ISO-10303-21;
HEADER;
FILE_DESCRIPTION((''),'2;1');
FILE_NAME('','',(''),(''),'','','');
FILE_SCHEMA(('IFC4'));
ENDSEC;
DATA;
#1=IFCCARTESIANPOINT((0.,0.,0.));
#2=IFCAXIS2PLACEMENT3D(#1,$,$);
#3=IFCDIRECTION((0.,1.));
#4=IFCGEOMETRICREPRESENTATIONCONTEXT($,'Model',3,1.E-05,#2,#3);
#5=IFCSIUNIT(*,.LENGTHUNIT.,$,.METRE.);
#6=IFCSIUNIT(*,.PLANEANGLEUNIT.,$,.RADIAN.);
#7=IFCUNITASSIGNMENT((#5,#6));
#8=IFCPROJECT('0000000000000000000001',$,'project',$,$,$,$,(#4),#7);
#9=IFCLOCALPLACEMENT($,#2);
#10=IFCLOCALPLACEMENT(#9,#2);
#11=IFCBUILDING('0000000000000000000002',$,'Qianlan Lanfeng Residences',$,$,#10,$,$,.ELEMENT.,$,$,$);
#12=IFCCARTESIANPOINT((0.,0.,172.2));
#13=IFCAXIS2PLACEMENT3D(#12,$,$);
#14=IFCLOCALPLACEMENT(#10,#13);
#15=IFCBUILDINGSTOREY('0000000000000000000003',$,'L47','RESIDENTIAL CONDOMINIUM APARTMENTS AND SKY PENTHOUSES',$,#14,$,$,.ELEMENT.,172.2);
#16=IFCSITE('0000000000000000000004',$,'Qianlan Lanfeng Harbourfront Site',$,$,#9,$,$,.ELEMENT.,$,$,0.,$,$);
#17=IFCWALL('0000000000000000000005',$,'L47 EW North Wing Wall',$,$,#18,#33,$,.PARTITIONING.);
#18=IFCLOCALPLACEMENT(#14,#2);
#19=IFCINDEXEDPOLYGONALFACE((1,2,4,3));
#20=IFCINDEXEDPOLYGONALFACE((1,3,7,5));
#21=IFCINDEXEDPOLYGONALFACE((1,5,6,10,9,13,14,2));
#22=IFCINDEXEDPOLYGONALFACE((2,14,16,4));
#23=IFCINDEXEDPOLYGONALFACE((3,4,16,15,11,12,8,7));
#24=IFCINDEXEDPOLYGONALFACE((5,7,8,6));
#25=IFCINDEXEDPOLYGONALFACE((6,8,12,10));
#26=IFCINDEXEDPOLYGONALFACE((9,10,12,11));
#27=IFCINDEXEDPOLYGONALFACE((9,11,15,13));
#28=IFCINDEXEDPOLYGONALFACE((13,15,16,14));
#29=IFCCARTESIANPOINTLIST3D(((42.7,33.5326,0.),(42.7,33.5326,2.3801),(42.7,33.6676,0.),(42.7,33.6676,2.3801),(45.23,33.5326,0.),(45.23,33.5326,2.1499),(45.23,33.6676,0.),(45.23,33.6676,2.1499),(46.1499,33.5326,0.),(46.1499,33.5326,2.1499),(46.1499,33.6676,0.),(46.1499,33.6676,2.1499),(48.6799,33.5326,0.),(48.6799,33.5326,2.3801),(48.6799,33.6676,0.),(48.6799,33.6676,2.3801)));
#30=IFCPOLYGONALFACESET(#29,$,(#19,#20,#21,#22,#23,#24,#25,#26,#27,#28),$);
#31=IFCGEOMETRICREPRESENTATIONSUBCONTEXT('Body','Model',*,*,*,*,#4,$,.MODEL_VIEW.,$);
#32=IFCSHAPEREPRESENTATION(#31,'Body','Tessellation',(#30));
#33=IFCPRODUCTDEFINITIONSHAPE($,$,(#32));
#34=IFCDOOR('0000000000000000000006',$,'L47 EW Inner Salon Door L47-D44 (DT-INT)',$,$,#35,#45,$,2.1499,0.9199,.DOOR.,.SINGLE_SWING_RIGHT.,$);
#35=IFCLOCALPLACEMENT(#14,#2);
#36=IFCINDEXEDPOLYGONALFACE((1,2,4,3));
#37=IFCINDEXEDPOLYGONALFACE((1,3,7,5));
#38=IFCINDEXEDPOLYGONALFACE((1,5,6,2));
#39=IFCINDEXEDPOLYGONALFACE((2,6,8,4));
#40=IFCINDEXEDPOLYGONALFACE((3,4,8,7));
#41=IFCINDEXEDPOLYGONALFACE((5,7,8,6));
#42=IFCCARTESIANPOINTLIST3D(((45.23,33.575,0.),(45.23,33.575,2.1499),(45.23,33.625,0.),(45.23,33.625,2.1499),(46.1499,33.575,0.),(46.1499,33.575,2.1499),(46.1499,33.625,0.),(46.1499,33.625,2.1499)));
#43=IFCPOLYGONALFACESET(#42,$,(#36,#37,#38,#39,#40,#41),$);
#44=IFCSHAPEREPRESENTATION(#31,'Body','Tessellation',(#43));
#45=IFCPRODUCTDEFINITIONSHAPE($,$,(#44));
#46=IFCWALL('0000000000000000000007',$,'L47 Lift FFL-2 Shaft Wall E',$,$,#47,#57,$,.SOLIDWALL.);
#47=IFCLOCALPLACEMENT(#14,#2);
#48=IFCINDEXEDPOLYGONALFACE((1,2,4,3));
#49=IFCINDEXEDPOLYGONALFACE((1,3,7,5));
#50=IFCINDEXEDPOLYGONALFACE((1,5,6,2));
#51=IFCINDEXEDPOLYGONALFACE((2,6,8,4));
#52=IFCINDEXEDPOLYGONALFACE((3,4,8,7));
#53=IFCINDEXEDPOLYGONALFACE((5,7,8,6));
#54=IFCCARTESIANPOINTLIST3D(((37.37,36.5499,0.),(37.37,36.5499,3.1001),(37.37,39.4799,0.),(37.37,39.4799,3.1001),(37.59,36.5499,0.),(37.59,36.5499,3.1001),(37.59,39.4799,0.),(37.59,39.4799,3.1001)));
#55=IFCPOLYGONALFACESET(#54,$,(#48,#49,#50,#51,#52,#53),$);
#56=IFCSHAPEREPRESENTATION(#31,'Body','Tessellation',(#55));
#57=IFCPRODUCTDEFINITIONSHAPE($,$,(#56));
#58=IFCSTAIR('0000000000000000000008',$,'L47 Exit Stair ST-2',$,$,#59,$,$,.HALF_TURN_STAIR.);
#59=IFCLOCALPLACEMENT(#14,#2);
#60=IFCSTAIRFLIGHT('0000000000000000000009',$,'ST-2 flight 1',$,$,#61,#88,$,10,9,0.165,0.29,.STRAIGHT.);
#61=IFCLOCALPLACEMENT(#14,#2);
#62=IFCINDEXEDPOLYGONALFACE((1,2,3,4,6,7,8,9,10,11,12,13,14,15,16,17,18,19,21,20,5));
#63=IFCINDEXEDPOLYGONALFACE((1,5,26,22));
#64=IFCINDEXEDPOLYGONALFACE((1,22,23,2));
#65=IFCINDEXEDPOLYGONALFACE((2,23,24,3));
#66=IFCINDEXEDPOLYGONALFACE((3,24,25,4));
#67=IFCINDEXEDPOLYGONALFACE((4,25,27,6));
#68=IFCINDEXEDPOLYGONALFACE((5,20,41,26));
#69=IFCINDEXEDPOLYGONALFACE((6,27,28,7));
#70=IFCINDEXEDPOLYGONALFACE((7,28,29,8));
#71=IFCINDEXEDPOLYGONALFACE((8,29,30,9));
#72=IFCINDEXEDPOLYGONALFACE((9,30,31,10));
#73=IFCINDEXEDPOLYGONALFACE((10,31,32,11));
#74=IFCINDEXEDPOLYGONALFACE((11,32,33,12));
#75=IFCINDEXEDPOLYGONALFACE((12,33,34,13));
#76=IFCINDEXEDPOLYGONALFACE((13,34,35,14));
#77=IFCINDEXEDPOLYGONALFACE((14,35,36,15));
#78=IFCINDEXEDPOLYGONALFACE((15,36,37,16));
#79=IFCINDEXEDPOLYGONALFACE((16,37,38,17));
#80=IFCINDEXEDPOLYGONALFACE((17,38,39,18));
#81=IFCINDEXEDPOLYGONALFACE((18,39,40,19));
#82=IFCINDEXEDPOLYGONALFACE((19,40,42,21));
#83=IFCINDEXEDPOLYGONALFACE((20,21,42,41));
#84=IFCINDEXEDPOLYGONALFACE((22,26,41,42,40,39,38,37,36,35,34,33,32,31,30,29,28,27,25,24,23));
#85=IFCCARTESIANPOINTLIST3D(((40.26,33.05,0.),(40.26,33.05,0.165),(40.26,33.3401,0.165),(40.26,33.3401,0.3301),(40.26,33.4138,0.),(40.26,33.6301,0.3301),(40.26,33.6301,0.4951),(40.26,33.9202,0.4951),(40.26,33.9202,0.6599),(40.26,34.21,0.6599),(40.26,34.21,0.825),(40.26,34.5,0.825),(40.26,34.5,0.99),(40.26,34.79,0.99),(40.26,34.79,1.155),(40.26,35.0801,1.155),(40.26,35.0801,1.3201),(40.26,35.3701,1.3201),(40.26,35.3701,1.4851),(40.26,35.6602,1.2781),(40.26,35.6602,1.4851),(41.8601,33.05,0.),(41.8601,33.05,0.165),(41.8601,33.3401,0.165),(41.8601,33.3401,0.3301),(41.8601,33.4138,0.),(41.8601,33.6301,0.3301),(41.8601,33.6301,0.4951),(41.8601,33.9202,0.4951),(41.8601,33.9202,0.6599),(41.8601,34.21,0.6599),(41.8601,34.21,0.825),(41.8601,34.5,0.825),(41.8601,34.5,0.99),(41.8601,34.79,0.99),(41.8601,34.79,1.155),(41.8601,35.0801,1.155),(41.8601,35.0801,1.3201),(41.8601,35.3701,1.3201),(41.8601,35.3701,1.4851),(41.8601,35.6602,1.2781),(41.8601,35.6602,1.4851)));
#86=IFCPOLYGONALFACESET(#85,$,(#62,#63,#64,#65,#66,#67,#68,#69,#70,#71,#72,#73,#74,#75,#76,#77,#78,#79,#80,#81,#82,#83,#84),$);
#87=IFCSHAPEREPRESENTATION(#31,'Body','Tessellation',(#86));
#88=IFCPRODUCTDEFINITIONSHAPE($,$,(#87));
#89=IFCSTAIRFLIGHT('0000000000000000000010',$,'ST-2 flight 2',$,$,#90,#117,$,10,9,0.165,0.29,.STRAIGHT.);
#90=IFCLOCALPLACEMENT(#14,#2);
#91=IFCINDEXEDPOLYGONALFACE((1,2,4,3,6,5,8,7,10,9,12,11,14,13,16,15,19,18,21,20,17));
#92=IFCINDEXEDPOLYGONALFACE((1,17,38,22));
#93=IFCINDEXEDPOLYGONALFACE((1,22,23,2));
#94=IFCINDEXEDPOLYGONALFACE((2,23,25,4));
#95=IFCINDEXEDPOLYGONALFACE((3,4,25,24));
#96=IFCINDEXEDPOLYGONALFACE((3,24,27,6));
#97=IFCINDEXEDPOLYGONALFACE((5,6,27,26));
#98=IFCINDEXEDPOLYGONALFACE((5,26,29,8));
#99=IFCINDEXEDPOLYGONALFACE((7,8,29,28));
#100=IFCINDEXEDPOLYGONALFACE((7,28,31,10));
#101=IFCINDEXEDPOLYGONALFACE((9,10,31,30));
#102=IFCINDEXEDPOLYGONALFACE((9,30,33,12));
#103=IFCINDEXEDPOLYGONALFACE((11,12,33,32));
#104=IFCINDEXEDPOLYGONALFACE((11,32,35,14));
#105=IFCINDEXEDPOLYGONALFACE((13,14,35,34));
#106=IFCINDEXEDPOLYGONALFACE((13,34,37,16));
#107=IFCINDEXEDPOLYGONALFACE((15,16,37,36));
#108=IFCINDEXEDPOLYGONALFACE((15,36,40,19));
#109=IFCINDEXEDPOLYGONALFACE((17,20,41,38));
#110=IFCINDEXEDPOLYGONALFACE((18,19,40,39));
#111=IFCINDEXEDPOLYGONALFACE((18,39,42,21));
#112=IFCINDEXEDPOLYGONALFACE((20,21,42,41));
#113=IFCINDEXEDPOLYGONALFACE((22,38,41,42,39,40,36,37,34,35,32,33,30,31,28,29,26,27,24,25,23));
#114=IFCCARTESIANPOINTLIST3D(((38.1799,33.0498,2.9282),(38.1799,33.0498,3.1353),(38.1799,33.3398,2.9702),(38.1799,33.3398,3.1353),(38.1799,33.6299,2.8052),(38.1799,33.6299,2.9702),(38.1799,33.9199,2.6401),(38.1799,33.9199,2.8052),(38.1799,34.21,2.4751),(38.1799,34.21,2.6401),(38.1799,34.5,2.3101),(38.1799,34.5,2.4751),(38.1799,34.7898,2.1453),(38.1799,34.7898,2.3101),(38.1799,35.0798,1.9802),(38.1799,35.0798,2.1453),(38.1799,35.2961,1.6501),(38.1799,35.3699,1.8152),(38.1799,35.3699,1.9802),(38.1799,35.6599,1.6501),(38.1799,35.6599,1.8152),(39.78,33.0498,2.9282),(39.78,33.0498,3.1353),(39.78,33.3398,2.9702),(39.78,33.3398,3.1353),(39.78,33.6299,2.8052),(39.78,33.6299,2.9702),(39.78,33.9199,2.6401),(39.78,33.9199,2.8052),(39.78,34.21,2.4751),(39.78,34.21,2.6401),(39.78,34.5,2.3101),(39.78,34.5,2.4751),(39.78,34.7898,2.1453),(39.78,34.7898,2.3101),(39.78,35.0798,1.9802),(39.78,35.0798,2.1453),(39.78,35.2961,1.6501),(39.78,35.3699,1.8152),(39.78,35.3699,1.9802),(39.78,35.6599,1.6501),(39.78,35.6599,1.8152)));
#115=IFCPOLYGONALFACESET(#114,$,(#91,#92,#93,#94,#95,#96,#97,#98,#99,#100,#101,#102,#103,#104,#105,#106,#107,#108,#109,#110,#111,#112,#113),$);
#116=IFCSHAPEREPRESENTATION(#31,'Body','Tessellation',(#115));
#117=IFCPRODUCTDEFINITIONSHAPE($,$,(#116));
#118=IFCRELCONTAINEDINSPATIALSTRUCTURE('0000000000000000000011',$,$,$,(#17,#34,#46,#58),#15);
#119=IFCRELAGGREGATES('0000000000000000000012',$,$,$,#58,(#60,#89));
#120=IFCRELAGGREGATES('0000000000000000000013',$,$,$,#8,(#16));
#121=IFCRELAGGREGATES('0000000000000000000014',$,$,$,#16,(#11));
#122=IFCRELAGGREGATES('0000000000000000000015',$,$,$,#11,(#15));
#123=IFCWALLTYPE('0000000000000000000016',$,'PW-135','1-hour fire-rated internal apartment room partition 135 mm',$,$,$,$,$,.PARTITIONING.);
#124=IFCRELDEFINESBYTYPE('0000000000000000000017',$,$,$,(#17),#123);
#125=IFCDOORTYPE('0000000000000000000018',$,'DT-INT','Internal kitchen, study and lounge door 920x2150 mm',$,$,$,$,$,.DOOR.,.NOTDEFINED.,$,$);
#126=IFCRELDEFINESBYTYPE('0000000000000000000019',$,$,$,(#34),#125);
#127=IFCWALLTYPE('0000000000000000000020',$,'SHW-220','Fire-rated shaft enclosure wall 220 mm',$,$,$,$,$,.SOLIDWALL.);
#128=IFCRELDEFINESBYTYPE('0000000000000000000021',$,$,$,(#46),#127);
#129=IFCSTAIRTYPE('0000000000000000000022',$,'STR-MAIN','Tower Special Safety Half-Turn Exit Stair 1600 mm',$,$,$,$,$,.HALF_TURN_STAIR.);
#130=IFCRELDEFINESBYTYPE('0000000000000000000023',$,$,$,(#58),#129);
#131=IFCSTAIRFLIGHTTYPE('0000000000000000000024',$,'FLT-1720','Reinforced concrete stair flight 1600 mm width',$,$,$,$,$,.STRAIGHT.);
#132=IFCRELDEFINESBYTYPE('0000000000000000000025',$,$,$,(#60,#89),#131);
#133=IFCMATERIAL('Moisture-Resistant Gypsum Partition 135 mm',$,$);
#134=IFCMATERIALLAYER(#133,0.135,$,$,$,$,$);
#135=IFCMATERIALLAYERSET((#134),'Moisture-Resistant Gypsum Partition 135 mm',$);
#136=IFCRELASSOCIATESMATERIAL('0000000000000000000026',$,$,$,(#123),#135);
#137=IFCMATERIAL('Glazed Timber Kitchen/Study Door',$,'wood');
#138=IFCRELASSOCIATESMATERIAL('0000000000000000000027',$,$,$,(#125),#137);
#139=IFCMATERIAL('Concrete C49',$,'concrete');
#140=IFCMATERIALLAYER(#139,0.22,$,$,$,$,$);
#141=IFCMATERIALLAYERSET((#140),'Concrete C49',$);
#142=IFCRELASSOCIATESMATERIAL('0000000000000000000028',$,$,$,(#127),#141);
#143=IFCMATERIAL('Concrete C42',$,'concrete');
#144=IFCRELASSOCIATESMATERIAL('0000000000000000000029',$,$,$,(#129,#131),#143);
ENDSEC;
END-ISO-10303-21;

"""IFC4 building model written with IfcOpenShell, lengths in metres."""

from ifc_helpers import new_model, si_unit, direction, frame, frame_2d, origin, place, context, subcontext, project, spatial, polyline, rectangle, outline, extrude, material, layer, layer_set, type_object, element, fill, aggregate, save


model = new_model("IFC4")

# Units and contexts
model_context = context("Model", 3, precision=1e-05, world=origin(), true_north=direction((0.0, 1.0)))
body_context = subcontext(model_context, "Body", "Model", "MODEL_VIEW")
ifc_project = project(units=[si_unit("LENGTHUNIT", "METRE"), si_unit("PLANEANGLEUNIT", "RADIAN")], contexts=[model_context])

# Site, building, storey
site_placement = place(None, origin())
site = spatial("IfcSite", under=ifc_project, at=site_placement, Name="Qianlan Lanfeng Harbourfront Site", CompositionType="ELEMENT", RefElevation=0.0)
building_placement = place(site_placement, origin())
building = spatial("IfcBuilding", under=site, at=building_placement, Name="Qianlan Lanfeng Residences", CompositionType="ELEMENT")
storey_placement = place(building_placement, frame((0.0, 0.0, 172.2)))
storey = spatial("IfcBuildingStorey", under=building, at=storey_placement, Name="L47", Description="RESIDENTIAL CONDOMINIUM APARTMENTS AND SKY PENTHOUSES", CompositionType="ELEMENT", Elevation=172.2)

# Shared definitions
ifc_material_1 = material(Name="Concrete C42", Category="concrete")

# Wall, opening, door
ifc_material_2 = material(Name="Moisture-Resistant Gypsum Partition 135 mm")
ifc_layer_1 = layer(ifc_material_2, 0.135)
ifc_layer_set_1 = layer_set([ifc_layer_1], Name="Moisture-Resistant Gypsum Partition 135 mm")
wall_type_1 = type_object("IfcWallType", Name="PW-135", Description="1-hour fire-rated internal apartment room partition 135 mm", PredefinedType="PARTITIONING", material=ifc_layer_set_1)
wall_1_placement = place(storey_placement, frame((42.7, 33.6001, 0.0), z_axis=(0.0, 0.0, 1.0), x_axis=(1.0, 0.0, 0.0)))
wall_1 = element("IfcWall", 1, at=wall_1_placement, inside=storey, type_object=wall_type_1, Name="L47 EW North Wing Wall", PredefinedType="PARTITIONING", context=body_context, shape_type="SweptSolid", body=[
    extrude(rectangle(XDim=5.98, YDim=0.135, at=frame_2d((2.99, 0.0))), origin(), (0.0, 0.0, 1.0), 2.3801),
])
opening_1_placement = place(wall_1_placement, frame((2.53, 0.0, 0.0)))
opening_1 = element("IfcOpeningElement", 2, at=opening_1_placement, cuts=wall_1, PredefinedType="OPENING", context=body_context, shape_type="SweptSolid", body=[
    extrude(rectangle(XDim=0.9199, YDim=2.1499, at=frame_2d((0.46, 1.075))), frame((0.0, 0.0776, 0.0), z_axis=(0.0, -1.0, 0.0), x_axis=(1.0, 0.0, 0.0)), (0.0, 0.0, 1.0), 0.155),
])
ifc_material_3 = material(Name="Glazed Timber Kitchen/Study Door", Category="wood")
door_type_1 = type_object("IfcDoorType", Name="DT-INT", Description="Internal kitchen, study and lounge door 920x2150 mm", OperationType="NOTDEFINED", PredefinedType="DOOR", material=ifc_material_3)
door_1_placement = place(opening_1_placement, origin())
door_1 = element("IfcDoor", 3, at=door_1_placement, inside=storey, type_object=door_type_1, Name="L47 EW Inner Salon Door L47-D44 (DT-INT)", OperationType="SINGLE_SWING_RIGHT", OverallHeight=2.1499, OverallWidth=0.9199, PredefinedType="DOOR", context=body_context, shape_type="SweptSolid", body=[
    extrude(rectangle(XDim=0.9199, YDim=2.1499, at=frame_2d((0.46, 1.075))), frame((0.0, 0.0249, 0.0), z_axis=(0.0, -1.0, 0.0), x_axis=(1.0, 0.0, 0.0)), (0.0, 0.0, 1.0), 0.05),
])
fill(opening_1, door_1)

# Wall
ifc_material_4 = material(Name="Concrete C49", Category="concrete")
ifc_layer_2 = layer(ifc_material_4, 0.22)
ifc_layer_set_2 = layer_set([ifc_layer_2], Name="Concrete C49")
wall_type_2 = type_object("IfcWallType", Name="SHW-220", Description="Fire-rated shaft enclosure wall 220 mm", PredefinedType="SOLIDWALL", material=ifc_layer_set_2)
wall_2_placement = place(storey_placement, frame((37.48, 36.55, 0.0), z_axis=(0.0, 0.0, 1.0), x_axis=(0.0, 1.0, 0.0)))
element("IfcWall", 4, at=wall_2_placement, inside=storey, type_object=wall_type_2, Name="L47 Lift FFL-2 Shaft Wall E", PredefinedType="SOLIDWALL", context=body_context, shape_type="SweptSolid", body=[
    extrude(rectangle(XDim=2.9299, YDim=0.22, at=frame_2d((1.4648, 0.0))), origin(), (0.0, 0.0, 1.0), 3.1001),
])

# Stair, stair flights
stair_type = type_object("IfcStairType", Name="STR-MAIN", Description="Tower Special Safety Half-Turn Exit Stair 1600 mm", PredefinedType="HALF_TURN_STAIR", material=ifc_material_1)
stair_placement = place(storey_placement, origin())
stair = element("IfcStair", 5, at=stair_placement, inside=storey, type_object=stair_type, Name="L47 Exit Stair ST-2", PredefinedType="HALF_TURN_STAIR")
stair_flight_type = type_object("IfcStairFlightType", Name="FLT-1720", Description="Reinforced concrete stair flight 1600 mm width", PredefinedType="STRAIGHT", material=ifc_material_1)
stair_flight_1_placement = place(storey_placement, frame((41.0601, 33.05, 0.0), z_axis=(0.0, 0.0, 1.0), x_axis=(0.0, 1.0, 0.0)))
stair_flight_1 = element("IfcStairFlight", 6, at=stair_flight_1_placement, type_object=stair_flight_type, Name="ST-2 flight 1", NumberOfRisers=10, NumberOfTreads=9, PredefinedType="STRAIGHT", RiserHeight=0.165, TreadLength=0.29, context=body_context, shape_type="SweptSolid", body=[
    extrude(outline(polyline([(0.0, 0.0), (0.0, 0.165), (0.29, 0.165), (0.29, 0.3301), (0.5801, 0.3301), (0.5801, 0.4951), (0.8701, 0.4951), (0.8701, 0.6599), (1.1599, 0.6599), (1.1599, 0.825), (1.45, 0.825), (1.45, 0.99), (1.74, 0.99), (1.74, 1.155), (2.03, 1.155), (2.03, 1.3201), (2.3201, 1.3201), (2.3201, 1.4851), (2.6101, 1.4851), (2.6101, 1.6499), (2.6101, 1.2781), (0.3638, 0.0), (0.0, 0.0)])), frame((0.0, 0.8, 0.0), z_axis=(0.0, -1.0, 0.0), x_axis=(1.0, 0.0, 0.0)), (0.0, 0.0, 1.0), 1.6001),
])
stair_flight_2_placement = place(storey_placement, frame((38.98, 35.6599, 1.6501), z_axis=(0.0, 0.0, 1.0), x_axis=(0.0, -1.0, 0.0)))
stair_flight_2 = element("IfcStairFlight", 7, at=stair_flight_2_placement, type_object=stair_flight_type, Name="ST-2 flight 2", NumberOfRisers=10, NumberOfTreads=9, PredefinedType="STRAIGHT", RiserHeight=0.165, TreadLength=0.29, context=body_context, shape_type="SweptSolid", body=[
    extrude(outline(polyline([(0.0, 0.0), (0.0, 0.165), (0.29, 0.165), (0.29, 0.3301), (0.5801, 0.3301), (0.5801, 0.4951), (0.8701, 0.4951), (0.8701, 0.6599), (1.1599, 0.6599), (1.1599, 0.825), (1.45, 0.825), (1.45, 0.99), (1.74, 0.99), (1.74, 1.155), (2.03, 1.155), (2.03, 1.3201), (2.3201, 1.3201), (2.3201, 1.4851), (2.6101, 1.4851), (2.6101, 1.6499), (2.6101, 1.2781), (0.3638, 0.0), (0.0, 0.0)])), frame((0.0, 0.8, 0.0), z_axis=(0.0, -1.0, 0.0), x_axis=(1.0, 0.0, 0.0)), (0.0, 0.0, 1.0), 1.6001),
])
aggregate(stair, [stair_flight_1, stair_flight_2])

save(model, "model.ifc")
